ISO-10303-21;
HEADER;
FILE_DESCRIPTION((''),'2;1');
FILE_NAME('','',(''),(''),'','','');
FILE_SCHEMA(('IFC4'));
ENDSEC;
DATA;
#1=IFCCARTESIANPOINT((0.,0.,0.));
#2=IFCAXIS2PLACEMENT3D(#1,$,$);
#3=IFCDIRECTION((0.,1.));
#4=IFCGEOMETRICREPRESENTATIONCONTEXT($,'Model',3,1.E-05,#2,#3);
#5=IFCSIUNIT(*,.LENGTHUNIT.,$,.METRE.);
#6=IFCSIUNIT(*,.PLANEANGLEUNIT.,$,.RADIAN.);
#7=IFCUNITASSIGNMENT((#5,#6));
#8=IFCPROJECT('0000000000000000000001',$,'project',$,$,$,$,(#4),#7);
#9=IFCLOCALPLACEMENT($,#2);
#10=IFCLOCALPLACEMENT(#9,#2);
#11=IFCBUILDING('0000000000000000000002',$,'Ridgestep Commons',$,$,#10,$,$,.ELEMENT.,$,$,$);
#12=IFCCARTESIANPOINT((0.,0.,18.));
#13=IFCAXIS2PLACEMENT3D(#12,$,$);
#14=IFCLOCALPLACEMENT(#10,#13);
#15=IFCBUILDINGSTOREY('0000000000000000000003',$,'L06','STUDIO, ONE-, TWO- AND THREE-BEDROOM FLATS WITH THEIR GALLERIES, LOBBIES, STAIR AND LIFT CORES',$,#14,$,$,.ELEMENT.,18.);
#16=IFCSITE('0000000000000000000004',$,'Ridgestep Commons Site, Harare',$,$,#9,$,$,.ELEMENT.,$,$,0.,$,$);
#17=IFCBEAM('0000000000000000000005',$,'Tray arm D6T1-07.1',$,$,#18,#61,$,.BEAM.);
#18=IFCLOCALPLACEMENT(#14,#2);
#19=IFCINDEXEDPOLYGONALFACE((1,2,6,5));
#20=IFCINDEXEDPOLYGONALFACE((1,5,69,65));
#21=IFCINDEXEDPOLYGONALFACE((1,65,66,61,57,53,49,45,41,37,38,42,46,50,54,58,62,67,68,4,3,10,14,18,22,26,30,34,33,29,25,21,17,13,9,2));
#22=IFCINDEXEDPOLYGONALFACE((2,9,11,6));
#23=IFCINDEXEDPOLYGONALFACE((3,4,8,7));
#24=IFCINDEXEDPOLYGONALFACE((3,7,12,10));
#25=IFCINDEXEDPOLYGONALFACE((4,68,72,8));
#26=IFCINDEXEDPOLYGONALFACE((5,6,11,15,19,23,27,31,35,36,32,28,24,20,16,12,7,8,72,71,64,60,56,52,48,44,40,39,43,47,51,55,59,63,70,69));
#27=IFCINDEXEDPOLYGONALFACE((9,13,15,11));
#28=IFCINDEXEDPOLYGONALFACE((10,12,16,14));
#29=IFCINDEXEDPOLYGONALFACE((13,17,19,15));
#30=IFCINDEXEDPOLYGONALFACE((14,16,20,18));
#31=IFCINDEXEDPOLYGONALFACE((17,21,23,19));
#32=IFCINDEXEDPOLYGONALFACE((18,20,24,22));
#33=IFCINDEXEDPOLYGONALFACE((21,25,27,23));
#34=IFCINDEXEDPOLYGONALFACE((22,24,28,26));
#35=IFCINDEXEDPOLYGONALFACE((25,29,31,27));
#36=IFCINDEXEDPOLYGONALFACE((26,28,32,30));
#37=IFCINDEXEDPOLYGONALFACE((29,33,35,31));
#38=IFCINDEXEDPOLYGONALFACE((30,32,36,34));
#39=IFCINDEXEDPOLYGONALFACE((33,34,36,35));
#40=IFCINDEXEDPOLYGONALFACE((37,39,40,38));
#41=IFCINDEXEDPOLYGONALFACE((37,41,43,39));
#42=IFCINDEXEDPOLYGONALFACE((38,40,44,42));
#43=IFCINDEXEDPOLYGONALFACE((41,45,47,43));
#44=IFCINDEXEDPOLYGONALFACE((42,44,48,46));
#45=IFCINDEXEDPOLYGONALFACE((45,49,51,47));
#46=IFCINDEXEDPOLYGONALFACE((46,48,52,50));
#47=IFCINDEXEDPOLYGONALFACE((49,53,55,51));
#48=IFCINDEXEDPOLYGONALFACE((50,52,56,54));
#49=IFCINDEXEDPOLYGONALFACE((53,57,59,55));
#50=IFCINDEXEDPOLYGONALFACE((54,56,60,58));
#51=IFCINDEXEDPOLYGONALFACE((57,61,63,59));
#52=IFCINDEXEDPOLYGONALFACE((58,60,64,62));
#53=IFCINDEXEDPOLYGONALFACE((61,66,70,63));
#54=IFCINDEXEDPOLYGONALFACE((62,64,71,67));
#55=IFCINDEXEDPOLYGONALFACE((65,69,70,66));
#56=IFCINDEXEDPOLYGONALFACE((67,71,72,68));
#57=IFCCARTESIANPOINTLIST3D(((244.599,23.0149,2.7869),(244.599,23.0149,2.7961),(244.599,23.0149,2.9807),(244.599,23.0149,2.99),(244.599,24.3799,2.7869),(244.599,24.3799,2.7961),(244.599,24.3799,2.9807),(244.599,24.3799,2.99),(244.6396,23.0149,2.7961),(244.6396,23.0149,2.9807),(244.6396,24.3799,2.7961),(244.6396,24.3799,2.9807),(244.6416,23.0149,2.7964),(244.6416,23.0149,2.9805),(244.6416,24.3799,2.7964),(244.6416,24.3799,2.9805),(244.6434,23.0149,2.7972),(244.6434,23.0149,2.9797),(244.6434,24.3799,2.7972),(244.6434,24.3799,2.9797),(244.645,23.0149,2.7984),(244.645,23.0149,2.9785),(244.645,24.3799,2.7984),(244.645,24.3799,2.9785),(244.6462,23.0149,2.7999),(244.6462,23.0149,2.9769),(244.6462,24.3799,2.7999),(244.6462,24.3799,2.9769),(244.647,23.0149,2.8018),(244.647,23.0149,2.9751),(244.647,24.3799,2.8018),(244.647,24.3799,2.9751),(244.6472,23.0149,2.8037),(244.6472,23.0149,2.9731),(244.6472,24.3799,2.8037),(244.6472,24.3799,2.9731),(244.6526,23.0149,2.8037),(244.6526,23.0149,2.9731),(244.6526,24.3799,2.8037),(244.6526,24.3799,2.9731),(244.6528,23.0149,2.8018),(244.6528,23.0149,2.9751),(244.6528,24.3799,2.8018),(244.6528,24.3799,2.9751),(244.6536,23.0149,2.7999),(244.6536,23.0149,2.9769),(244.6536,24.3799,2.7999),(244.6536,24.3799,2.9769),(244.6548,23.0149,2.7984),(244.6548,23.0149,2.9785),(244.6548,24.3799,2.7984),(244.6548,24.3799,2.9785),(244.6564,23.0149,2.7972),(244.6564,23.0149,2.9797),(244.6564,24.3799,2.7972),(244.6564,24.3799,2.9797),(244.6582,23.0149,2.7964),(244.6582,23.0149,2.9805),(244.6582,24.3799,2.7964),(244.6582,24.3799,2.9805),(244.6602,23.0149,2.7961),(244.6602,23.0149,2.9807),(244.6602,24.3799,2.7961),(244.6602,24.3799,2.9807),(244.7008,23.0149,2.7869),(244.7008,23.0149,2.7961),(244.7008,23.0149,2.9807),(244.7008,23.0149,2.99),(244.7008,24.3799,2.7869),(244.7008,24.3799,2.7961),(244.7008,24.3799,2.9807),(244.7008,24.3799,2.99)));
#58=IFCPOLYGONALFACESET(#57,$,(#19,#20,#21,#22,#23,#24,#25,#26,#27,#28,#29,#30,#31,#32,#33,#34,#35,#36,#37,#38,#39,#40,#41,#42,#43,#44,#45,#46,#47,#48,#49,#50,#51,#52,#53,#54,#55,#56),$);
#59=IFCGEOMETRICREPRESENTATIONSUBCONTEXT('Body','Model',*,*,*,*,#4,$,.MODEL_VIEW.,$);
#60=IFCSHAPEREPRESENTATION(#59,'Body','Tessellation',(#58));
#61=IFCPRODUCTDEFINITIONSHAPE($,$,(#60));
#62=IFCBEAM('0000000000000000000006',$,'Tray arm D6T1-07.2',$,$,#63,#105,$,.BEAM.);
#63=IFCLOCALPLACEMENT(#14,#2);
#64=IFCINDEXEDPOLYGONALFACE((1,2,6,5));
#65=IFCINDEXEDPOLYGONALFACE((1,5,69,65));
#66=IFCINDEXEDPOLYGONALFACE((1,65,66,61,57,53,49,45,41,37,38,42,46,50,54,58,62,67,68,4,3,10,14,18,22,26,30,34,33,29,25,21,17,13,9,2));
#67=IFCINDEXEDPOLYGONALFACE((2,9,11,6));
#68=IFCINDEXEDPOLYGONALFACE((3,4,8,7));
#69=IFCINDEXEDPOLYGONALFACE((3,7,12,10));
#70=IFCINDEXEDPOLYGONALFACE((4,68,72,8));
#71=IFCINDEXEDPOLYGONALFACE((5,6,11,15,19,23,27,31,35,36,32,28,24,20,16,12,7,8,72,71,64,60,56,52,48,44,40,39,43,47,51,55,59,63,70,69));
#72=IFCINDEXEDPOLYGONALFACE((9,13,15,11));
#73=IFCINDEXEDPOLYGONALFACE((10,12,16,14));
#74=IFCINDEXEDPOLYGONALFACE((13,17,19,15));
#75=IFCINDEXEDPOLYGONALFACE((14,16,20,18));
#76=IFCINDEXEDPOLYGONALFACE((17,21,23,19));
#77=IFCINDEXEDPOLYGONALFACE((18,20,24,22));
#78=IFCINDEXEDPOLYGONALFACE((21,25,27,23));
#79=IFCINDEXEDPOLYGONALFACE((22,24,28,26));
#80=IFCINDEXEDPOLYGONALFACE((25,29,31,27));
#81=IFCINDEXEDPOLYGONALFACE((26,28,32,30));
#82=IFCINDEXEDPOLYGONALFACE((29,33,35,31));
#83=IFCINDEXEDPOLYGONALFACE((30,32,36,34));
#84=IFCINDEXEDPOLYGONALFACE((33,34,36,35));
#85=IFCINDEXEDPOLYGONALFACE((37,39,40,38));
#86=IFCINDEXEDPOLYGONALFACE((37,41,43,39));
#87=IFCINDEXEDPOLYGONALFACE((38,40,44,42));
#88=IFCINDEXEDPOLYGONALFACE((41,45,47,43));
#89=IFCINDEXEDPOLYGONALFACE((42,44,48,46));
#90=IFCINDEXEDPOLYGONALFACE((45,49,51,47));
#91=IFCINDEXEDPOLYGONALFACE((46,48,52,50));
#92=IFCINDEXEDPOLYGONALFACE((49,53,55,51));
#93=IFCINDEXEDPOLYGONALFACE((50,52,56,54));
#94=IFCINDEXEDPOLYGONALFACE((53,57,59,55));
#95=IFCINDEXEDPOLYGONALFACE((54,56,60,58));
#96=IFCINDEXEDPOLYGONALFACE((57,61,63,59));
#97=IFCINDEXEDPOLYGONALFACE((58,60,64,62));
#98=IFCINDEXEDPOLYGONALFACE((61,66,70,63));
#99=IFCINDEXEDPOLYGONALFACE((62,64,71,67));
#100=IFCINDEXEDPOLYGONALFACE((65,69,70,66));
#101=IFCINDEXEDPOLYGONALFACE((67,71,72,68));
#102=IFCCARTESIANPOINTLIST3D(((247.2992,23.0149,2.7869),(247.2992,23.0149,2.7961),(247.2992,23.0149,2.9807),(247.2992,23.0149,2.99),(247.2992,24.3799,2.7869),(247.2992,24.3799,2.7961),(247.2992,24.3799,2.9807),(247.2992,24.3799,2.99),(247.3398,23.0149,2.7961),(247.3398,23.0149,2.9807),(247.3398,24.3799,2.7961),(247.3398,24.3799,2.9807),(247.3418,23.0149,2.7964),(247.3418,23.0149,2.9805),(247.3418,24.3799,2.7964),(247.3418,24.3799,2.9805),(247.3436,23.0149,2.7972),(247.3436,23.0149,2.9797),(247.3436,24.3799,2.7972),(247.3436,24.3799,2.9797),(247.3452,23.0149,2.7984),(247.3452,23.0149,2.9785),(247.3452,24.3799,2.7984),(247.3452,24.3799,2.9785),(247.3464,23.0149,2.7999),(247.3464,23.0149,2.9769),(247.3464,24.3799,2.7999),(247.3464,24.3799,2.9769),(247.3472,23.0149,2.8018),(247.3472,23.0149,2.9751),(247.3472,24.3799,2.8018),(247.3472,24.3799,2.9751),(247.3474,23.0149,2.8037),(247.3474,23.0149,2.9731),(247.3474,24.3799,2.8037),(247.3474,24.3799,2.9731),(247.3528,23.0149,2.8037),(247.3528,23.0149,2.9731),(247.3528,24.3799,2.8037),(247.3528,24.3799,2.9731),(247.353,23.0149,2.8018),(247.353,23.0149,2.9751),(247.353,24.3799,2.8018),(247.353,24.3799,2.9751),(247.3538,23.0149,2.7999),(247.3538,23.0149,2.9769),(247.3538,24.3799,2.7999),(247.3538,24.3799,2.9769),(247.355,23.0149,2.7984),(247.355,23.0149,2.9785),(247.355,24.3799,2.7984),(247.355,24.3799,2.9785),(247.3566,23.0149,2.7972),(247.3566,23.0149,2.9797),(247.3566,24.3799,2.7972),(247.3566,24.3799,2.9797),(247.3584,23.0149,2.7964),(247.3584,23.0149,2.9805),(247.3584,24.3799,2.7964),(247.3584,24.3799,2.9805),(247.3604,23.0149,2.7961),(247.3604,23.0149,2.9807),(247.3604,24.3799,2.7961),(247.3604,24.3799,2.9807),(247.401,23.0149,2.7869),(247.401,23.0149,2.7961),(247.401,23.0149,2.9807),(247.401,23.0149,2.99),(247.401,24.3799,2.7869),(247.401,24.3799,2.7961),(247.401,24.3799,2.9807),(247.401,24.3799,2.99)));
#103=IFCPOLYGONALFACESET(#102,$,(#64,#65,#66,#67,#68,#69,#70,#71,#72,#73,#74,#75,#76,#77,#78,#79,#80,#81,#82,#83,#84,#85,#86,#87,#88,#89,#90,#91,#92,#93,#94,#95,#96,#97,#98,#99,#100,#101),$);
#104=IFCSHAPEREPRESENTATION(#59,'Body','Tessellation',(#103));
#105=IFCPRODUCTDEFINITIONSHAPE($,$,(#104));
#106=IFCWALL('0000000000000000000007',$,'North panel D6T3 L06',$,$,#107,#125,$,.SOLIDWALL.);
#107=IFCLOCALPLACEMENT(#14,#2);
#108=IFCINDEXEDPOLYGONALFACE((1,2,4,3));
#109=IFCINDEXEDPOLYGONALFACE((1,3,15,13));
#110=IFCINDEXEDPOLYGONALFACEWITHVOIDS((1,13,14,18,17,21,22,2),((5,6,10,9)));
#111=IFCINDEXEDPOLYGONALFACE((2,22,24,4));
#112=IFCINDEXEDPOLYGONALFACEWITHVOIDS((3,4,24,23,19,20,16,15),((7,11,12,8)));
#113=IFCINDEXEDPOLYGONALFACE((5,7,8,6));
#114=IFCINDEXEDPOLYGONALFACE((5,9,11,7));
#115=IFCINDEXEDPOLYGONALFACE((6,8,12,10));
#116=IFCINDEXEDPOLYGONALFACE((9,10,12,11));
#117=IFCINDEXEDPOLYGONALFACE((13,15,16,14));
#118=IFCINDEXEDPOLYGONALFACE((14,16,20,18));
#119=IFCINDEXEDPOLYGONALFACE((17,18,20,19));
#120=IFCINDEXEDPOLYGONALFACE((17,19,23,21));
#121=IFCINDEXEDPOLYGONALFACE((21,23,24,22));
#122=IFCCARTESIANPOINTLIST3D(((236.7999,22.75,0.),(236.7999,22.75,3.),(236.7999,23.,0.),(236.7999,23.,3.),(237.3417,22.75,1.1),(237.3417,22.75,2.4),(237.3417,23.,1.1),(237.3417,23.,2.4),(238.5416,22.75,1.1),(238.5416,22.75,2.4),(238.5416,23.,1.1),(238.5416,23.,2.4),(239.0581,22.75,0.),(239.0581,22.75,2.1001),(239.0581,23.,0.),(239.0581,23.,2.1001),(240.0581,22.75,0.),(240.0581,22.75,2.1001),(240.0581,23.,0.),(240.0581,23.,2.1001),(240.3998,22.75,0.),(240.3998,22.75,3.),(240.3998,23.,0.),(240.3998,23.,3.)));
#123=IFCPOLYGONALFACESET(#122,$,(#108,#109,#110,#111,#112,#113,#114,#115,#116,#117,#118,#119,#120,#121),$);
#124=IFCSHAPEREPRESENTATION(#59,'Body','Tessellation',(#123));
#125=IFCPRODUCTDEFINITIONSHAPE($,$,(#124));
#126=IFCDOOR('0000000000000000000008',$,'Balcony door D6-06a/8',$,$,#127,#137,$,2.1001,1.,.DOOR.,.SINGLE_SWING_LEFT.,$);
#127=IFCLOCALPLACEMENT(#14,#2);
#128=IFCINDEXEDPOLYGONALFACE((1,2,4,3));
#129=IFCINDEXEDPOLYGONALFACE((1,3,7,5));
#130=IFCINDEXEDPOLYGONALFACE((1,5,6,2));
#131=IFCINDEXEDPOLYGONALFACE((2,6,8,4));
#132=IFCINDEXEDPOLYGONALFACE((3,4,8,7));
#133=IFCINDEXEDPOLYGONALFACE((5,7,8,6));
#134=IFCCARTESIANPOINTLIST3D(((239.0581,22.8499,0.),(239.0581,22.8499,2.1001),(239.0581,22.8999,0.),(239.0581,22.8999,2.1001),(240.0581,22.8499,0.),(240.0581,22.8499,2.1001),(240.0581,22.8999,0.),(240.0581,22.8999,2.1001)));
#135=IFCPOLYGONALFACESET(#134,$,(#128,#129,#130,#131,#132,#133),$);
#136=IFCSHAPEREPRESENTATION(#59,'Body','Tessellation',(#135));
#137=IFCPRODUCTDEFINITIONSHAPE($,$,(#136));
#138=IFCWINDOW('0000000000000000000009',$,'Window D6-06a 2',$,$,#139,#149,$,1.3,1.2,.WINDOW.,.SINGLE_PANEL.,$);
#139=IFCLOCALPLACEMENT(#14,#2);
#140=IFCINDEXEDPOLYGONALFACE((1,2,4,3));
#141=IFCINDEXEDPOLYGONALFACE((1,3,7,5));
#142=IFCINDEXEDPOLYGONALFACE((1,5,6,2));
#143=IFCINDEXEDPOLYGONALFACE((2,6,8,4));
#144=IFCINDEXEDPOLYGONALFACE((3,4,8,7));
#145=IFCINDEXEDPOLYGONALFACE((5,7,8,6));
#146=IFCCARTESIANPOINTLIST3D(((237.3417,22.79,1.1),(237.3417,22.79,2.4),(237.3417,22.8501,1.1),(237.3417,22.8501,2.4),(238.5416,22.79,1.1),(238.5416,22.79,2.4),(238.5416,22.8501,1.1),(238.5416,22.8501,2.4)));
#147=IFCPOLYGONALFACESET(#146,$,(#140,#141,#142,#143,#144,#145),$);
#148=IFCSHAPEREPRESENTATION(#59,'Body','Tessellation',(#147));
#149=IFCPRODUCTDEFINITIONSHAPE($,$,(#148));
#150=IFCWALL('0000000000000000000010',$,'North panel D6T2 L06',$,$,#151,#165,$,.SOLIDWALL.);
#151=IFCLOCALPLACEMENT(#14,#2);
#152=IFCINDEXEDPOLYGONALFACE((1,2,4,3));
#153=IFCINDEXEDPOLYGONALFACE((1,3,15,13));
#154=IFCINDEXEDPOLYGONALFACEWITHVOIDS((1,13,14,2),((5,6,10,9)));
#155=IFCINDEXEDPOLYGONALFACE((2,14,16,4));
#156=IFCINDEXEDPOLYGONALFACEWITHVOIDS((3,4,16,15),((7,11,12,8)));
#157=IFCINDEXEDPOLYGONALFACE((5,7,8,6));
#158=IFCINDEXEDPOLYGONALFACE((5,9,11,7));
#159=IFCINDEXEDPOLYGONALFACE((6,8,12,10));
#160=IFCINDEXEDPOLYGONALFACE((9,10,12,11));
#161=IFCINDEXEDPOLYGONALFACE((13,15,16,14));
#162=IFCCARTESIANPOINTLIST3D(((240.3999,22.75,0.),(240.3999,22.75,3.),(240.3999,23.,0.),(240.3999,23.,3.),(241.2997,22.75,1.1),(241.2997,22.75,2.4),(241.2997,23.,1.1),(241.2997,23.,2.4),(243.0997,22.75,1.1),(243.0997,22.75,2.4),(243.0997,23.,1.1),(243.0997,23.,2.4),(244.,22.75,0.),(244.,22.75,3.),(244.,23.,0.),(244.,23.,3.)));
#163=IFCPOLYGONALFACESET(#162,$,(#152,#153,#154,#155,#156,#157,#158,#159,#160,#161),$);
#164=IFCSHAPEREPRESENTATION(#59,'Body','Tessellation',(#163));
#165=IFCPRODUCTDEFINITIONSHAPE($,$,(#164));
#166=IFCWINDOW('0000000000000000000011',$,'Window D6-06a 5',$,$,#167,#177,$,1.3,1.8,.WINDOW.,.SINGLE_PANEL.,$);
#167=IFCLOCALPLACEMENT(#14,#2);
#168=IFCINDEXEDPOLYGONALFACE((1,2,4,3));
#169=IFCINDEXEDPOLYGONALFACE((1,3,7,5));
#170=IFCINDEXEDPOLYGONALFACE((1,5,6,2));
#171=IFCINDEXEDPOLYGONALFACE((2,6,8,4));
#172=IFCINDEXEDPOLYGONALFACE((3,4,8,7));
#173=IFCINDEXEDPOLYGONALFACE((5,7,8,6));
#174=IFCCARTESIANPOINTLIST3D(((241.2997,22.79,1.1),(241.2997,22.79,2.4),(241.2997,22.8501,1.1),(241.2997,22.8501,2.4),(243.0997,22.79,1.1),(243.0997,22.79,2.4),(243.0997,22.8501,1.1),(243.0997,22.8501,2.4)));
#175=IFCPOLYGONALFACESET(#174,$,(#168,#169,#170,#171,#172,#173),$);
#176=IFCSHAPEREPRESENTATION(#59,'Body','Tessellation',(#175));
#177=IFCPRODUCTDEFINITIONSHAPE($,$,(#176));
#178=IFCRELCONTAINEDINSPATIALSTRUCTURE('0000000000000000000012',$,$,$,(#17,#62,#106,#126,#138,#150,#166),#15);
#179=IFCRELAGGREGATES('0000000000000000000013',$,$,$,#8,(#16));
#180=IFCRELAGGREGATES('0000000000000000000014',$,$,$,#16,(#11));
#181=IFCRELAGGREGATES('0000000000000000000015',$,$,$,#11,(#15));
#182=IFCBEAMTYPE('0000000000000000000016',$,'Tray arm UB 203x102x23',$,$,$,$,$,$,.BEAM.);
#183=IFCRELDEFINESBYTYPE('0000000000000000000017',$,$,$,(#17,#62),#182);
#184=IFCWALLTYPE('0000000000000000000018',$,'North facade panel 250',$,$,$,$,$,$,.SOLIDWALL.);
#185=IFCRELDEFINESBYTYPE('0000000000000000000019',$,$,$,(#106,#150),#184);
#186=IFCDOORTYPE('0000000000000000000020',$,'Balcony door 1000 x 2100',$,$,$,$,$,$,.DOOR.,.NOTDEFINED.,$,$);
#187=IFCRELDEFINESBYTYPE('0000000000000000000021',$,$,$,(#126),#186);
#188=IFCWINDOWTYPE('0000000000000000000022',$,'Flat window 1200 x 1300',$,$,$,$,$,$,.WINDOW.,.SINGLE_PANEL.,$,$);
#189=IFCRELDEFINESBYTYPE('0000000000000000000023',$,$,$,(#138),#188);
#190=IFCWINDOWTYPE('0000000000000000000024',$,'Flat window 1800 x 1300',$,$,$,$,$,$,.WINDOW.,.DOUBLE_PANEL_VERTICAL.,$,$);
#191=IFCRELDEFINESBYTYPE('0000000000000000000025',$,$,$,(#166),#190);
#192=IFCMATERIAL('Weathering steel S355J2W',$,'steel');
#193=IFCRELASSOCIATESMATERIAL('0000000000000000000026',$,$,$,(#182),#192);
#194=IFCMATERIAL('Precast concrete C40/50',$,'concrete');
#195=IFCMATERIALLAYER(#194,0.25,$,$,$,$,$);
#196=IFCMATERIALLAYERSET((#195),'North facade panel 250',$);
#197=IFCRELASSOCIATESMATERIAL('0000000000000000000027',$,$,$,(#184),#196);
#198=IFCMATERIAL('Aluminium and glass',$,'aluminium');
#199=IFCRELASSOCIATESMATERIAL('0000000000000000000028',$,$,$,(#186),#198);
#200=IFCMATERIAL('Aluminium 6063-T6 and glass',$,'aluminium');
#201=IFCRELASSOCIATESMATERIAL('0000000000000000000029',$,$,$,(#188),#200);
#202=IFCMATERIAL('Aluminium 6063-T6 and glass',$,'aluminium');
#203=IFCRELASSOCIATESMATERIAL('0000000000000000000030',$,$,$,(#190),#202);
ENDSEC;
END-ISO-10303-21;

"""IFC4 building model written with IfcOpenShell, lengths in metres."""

from ifc_helpers import new_model, si_unit, direction, frame, frame_2d, origin, origin_2d, place, context, subcontext, project, spatial, rectangle, i_section, extrude, material, layer, layer_set, material_profile, profile_set, type_object, element, fill, save


model = new_model("IFC4")

# Units and contexts
model_context = context("Model", 3, precision=1e-05, world=origin(), true_north=direction((0.0, 1.0)))
body_context = subcontext(model_context, "Body", "Model", "MODEL_VIEW")
ifc_project = project(units=[si_unit("LENGTHUNIT", "METRE"), si_unit("PLANEANGLEUNIT", "RADIAN")], contexts=[model_context])

# Site, building, storey
site_placement = place(None, origin())
site = spatial("IfcSite", under=ifc_project, at=site_placement, Name="Ridgestep Commons Site, Harare", CompositionType="ELEMENT", RefElevation=0.0)
building_placement = place(site_placement, origin())
building = spatial("IfcBuilding", under=site, at=building_placement, Name="Ridgestep Commons", CompositionType="ELEMENT")
storey_placement = place(building_placement, frame((0.0, 0.0, 18.0)))
storey = spatial("IfcBuildingStorey", under=building, at=storey_placement, Name="L06", Description="STUDIO, ONE-, TWO- AND THREE-BEDROOM FLATS WITH THEIR GALLERIES, LOBBIES, STAIR AND LIFT CORES", CompositionType="ELEMENT", Elevation=18.0)

# Beams
ifc_material_1 = material(Name="Weathering steel S355J2W", Category="steel")
ifc_material_profile = material_profile(ifc_material_1, i_section(OverallWidth=0.1018, OverallDepth=0.2031, WebThickness=0.0054, FlangeThickness=0.0093, FilletRadius=0.0076, at=origin_2d()), Name="UB 203x102x23")
ifc_profile_set = profile_set([ifc_material_profile], Name="Weathering steel S355J2W")
beam_type = type_object("IfcBeamType", Name="Tray arm UB 203x102x23", PredefinedType="BEAM", material=ifc_profile_set)
for number, where, z_axis, x_axis, name in (
    (1, (244.6499, 23.0149, 2.8884), (0.0, 1.0, 0.0), (-1.0, 0.0, 0.0), "Tray arm D6T1-07.1"),
    (2, (247.3501, 23.0149, 2.8884), (0.0, 1.0, 0.0), (-1.0, 0.0, 0.0), "Tray arm D6T1-07.2"),
):
    element("IfcBeam", number, at=place(storey_placement, frame(where, z_axis=z_axis, x_axis=x_axis)), inside=storey, type_object=beam_type, Name=name, PredefinedType="BEAM", context=body_context, shape_type="SweptSolid", body=[
        extrude(i_section(OverallWidth=0.1018, OverallDepth=0.2031, WebThickness=0.0054, FlangeThickness=0.0093, FilletRadius=0.0076, at=origin_2d()), origin(), (0.0, 0.0, 1.0), 1.365),
    ])

# Wall, openings, door, window
ifc_material_2 = material(Name="Precast concrete C40/50", Category="concrete")
ifc_layer_1 = layer(ifc_material_2, 0.25)
ifc_layer_set_1 = layer_set([ifc_layer_1], Name="North facade panel 250")
wall_type_1 = type_object("IfcWallType", Name="North facade panel 250", PredefinedType="SOLIDWALL", material=ifc_layer_set_1)
wall_1_placement = place(storey_placement, frame((236.8, 22.875, 0.0), z_axis=(0.0, 0.0, 1.0), x_axis=(1.0, 0.0, 0.0)))
wall_1 = element("IfcWall", 3, at=wall_1_placement, inside=storey, type_object=wall_type_1, Name="North panel D6T3 L06", PredefinedType="SOLIDWALL", context=body_context, shape_type="SweptSolid", body=[
    extrude(rectangle(XDim=3.5999, YDim=0.25, at=frame_2d((1.7998, 0.0))), origin(), (0.0, 0.0, 1.0), 3.0),
])
opening_1_placement = place(wall_1_placement, frame((0.5415, 0.0, 1.1001)))
opening_1 = element("IfcOpeningElement", 4, at=opening_1_placement, cuts=wall_1, PredefinedType="OPENING", context=body_context, shape_type="SweptSolid", body=[
    extrude(rectangle(XDim=1.2, YDim=1.3, at=frame_2d((0.6001, 0.6499))), frame((0.0, 0.135, 0.0), z_axis=(0.0, -1.0, 0.0), x_axis=(1.0, 0.0, 0.0)), (0.0, 0.0, 1.0), 0.27),
])
opening_2_placement = place(wall_1_placement, frame((2.2581, 0.0, 0.0)))
opening_2 = element("IfcOpeningElement", 5, at=opening_2_placement, cuts=wall_1, PredefinedType="OPENING", context=body_context, shape_type="SweptSolid", body=[
    extrude(rectangle(XDim=1.0, YDim=2.1001, at=frame_2d((0.5, 1.05))), frame((0.0, 0.135, 0.0), z_axis=(0.0, -1.0, 0.0), x_axis=(1.0, 0.0, 0.0)), (0.0, 0.0, 1.0), 0.27),
])
ifc_material_3 = material(Name="Aluminium and glass", Category="aluminium")
door_type_1 = type_object("IfcDoorType", Name="Balcony door 1000 x 2100", OperationType="NOTDEFINED", PredefinedType="DOOR", material=ifc_material_3)
door_1_placement = place(opening_2_placement, origin())
door_1 = element("IfcDoor", 6, at=door_1_placement, inside=storey, type_object=door_type_1, Name="Balcony door D6-06a/8", OperationType="SINGLE_SWING_LEFT", OverallHeight=2.1001, OverallWidth=1.0, PredefinedType="DOOR", context=body_context, shape_type="SweptSolid", body=[
    extrude(rectangle(XDim=1.0, YDim=2.1001, at=frame_2d((0.5, 1.05))), frame((0.0, 0.0249, 0.0), z_axis=(0.0, -1.0, 0.0), x_axis=(1.0, 0.0, 0.0)), (0.0, 0.0, 1.0), 0.05),
])
fill(opening_2, door_1)
ifc_material_4 = material(Name="Aluminium 6063-T6 and glass", Category="aluminium")
window_type_1 = type_object("IfcWindowType", Name="Flat window 1200 x 1300", PartitioningType="SINGLE_PANEL", PredefinedType="WINDOW", material=ifc_material_4)
window_1_placement = place(opening_1_placement, origin())
window_1 = element("IfcWindow", 7, at=window_1_placement, inside=storey, type_object=window_type_1, Name="Window D6-06a 2", OverallHeight=1.3, OverallWidth=1.2, PartitioningType="SINGLE_PANEL", PredefinedType="WINDOW", context=body_context, shape_type="SweptSolid", body=[
    extrude(rectangle(XDim=1.2, YDim=1.3, at=frame_2d((0.6001, 0.6499))), frame((0.0, -0.0249, 0.0), z_axis=(0.0, -1.0, 0.0), x_axis=(1.0, 0.0, 0.0)), (0.0, 0.0, 1.0), 0.0601),
])
fill(opening_1, window_1)

# Wall, opening, window
wall_2_placement = place(storey_placement, frame((240.3999, 22.875, 0.0), z_axis=(0.0, 0.0, 1.0), x_axis=(1.0, 0.0, 0.0)))
wall_2 = element("IfcWall", 8, at=wall_2_placement, inside=storey, type_object=wall_type_1, Name="North panel D6T2 L06", PredefinedType="SOLIDWALL", context=body_context, shape_type="SweptSolid", body=[
    extrude(rectangle(XDim=3.6001, YDim=0.25, at=frame_2d((1.8, 0.0))), origin(), (0.0, 0.0, 1.0), 3.0),
])
opening_3_placement = place(wall_2_placement, frame((0.8999, 0.0, 1.1001)))
opening_3 = element("IfcOpeningElement", 9, at=opening_3_placement, cuts=wall_2, PredefinedType="OPENING", context=body_context, shape_type="SweptSolid", body=[
    extrude(rectangle(XDim=1.8, YDim=1.3, at=frame_2d((0.8999, 0.6499))), frame((0.0, 0.135, 0.0), z_axis=(0.0, -1.0, 0.0), x_axis=(1.0, 0.0, 0.0)), (0.0, 0.0, 1.0), 0.27),
])
ifc_material_5 = material(Name="Aluminium 6063-T6 and glass", Category="aluminium")
window_type_2 = type_object("IfcWindowType", Name="Flat window 1800 x 1300", PartitioningType="DOUBLE_PANEL_VERTICAL", PredefinedType="WINDOW", material=ifc_material_5)
window_2_placement = place(opening_3_placement, origin())
window_2 = element("IfcWindow", 10, at=window_2_placement, inside=storey, type_object=window_type_2, Name="Window D6-06a 5", OverallHeight=1.3, OverallWidth=1.8, PartitioningType="SINGLE_PANEL", PredefinedType="WINDOW", context=body_context, shape_type="SweptSolid", body=[
    extrude(rectangle(XDim=1.8, YDim=1.3, at=frame_2d((0.8999, 0.6499))), frame((0.0, -0.0249, 0.0), z_axis=(0.0, -1.0, 0.0), x_axis=(1.0, 0.0, 0.0)), (0.0, 0.0, 1.0), 0.0601),
])
fill(opening_3, window_2)

save(model, "model.ifc")
